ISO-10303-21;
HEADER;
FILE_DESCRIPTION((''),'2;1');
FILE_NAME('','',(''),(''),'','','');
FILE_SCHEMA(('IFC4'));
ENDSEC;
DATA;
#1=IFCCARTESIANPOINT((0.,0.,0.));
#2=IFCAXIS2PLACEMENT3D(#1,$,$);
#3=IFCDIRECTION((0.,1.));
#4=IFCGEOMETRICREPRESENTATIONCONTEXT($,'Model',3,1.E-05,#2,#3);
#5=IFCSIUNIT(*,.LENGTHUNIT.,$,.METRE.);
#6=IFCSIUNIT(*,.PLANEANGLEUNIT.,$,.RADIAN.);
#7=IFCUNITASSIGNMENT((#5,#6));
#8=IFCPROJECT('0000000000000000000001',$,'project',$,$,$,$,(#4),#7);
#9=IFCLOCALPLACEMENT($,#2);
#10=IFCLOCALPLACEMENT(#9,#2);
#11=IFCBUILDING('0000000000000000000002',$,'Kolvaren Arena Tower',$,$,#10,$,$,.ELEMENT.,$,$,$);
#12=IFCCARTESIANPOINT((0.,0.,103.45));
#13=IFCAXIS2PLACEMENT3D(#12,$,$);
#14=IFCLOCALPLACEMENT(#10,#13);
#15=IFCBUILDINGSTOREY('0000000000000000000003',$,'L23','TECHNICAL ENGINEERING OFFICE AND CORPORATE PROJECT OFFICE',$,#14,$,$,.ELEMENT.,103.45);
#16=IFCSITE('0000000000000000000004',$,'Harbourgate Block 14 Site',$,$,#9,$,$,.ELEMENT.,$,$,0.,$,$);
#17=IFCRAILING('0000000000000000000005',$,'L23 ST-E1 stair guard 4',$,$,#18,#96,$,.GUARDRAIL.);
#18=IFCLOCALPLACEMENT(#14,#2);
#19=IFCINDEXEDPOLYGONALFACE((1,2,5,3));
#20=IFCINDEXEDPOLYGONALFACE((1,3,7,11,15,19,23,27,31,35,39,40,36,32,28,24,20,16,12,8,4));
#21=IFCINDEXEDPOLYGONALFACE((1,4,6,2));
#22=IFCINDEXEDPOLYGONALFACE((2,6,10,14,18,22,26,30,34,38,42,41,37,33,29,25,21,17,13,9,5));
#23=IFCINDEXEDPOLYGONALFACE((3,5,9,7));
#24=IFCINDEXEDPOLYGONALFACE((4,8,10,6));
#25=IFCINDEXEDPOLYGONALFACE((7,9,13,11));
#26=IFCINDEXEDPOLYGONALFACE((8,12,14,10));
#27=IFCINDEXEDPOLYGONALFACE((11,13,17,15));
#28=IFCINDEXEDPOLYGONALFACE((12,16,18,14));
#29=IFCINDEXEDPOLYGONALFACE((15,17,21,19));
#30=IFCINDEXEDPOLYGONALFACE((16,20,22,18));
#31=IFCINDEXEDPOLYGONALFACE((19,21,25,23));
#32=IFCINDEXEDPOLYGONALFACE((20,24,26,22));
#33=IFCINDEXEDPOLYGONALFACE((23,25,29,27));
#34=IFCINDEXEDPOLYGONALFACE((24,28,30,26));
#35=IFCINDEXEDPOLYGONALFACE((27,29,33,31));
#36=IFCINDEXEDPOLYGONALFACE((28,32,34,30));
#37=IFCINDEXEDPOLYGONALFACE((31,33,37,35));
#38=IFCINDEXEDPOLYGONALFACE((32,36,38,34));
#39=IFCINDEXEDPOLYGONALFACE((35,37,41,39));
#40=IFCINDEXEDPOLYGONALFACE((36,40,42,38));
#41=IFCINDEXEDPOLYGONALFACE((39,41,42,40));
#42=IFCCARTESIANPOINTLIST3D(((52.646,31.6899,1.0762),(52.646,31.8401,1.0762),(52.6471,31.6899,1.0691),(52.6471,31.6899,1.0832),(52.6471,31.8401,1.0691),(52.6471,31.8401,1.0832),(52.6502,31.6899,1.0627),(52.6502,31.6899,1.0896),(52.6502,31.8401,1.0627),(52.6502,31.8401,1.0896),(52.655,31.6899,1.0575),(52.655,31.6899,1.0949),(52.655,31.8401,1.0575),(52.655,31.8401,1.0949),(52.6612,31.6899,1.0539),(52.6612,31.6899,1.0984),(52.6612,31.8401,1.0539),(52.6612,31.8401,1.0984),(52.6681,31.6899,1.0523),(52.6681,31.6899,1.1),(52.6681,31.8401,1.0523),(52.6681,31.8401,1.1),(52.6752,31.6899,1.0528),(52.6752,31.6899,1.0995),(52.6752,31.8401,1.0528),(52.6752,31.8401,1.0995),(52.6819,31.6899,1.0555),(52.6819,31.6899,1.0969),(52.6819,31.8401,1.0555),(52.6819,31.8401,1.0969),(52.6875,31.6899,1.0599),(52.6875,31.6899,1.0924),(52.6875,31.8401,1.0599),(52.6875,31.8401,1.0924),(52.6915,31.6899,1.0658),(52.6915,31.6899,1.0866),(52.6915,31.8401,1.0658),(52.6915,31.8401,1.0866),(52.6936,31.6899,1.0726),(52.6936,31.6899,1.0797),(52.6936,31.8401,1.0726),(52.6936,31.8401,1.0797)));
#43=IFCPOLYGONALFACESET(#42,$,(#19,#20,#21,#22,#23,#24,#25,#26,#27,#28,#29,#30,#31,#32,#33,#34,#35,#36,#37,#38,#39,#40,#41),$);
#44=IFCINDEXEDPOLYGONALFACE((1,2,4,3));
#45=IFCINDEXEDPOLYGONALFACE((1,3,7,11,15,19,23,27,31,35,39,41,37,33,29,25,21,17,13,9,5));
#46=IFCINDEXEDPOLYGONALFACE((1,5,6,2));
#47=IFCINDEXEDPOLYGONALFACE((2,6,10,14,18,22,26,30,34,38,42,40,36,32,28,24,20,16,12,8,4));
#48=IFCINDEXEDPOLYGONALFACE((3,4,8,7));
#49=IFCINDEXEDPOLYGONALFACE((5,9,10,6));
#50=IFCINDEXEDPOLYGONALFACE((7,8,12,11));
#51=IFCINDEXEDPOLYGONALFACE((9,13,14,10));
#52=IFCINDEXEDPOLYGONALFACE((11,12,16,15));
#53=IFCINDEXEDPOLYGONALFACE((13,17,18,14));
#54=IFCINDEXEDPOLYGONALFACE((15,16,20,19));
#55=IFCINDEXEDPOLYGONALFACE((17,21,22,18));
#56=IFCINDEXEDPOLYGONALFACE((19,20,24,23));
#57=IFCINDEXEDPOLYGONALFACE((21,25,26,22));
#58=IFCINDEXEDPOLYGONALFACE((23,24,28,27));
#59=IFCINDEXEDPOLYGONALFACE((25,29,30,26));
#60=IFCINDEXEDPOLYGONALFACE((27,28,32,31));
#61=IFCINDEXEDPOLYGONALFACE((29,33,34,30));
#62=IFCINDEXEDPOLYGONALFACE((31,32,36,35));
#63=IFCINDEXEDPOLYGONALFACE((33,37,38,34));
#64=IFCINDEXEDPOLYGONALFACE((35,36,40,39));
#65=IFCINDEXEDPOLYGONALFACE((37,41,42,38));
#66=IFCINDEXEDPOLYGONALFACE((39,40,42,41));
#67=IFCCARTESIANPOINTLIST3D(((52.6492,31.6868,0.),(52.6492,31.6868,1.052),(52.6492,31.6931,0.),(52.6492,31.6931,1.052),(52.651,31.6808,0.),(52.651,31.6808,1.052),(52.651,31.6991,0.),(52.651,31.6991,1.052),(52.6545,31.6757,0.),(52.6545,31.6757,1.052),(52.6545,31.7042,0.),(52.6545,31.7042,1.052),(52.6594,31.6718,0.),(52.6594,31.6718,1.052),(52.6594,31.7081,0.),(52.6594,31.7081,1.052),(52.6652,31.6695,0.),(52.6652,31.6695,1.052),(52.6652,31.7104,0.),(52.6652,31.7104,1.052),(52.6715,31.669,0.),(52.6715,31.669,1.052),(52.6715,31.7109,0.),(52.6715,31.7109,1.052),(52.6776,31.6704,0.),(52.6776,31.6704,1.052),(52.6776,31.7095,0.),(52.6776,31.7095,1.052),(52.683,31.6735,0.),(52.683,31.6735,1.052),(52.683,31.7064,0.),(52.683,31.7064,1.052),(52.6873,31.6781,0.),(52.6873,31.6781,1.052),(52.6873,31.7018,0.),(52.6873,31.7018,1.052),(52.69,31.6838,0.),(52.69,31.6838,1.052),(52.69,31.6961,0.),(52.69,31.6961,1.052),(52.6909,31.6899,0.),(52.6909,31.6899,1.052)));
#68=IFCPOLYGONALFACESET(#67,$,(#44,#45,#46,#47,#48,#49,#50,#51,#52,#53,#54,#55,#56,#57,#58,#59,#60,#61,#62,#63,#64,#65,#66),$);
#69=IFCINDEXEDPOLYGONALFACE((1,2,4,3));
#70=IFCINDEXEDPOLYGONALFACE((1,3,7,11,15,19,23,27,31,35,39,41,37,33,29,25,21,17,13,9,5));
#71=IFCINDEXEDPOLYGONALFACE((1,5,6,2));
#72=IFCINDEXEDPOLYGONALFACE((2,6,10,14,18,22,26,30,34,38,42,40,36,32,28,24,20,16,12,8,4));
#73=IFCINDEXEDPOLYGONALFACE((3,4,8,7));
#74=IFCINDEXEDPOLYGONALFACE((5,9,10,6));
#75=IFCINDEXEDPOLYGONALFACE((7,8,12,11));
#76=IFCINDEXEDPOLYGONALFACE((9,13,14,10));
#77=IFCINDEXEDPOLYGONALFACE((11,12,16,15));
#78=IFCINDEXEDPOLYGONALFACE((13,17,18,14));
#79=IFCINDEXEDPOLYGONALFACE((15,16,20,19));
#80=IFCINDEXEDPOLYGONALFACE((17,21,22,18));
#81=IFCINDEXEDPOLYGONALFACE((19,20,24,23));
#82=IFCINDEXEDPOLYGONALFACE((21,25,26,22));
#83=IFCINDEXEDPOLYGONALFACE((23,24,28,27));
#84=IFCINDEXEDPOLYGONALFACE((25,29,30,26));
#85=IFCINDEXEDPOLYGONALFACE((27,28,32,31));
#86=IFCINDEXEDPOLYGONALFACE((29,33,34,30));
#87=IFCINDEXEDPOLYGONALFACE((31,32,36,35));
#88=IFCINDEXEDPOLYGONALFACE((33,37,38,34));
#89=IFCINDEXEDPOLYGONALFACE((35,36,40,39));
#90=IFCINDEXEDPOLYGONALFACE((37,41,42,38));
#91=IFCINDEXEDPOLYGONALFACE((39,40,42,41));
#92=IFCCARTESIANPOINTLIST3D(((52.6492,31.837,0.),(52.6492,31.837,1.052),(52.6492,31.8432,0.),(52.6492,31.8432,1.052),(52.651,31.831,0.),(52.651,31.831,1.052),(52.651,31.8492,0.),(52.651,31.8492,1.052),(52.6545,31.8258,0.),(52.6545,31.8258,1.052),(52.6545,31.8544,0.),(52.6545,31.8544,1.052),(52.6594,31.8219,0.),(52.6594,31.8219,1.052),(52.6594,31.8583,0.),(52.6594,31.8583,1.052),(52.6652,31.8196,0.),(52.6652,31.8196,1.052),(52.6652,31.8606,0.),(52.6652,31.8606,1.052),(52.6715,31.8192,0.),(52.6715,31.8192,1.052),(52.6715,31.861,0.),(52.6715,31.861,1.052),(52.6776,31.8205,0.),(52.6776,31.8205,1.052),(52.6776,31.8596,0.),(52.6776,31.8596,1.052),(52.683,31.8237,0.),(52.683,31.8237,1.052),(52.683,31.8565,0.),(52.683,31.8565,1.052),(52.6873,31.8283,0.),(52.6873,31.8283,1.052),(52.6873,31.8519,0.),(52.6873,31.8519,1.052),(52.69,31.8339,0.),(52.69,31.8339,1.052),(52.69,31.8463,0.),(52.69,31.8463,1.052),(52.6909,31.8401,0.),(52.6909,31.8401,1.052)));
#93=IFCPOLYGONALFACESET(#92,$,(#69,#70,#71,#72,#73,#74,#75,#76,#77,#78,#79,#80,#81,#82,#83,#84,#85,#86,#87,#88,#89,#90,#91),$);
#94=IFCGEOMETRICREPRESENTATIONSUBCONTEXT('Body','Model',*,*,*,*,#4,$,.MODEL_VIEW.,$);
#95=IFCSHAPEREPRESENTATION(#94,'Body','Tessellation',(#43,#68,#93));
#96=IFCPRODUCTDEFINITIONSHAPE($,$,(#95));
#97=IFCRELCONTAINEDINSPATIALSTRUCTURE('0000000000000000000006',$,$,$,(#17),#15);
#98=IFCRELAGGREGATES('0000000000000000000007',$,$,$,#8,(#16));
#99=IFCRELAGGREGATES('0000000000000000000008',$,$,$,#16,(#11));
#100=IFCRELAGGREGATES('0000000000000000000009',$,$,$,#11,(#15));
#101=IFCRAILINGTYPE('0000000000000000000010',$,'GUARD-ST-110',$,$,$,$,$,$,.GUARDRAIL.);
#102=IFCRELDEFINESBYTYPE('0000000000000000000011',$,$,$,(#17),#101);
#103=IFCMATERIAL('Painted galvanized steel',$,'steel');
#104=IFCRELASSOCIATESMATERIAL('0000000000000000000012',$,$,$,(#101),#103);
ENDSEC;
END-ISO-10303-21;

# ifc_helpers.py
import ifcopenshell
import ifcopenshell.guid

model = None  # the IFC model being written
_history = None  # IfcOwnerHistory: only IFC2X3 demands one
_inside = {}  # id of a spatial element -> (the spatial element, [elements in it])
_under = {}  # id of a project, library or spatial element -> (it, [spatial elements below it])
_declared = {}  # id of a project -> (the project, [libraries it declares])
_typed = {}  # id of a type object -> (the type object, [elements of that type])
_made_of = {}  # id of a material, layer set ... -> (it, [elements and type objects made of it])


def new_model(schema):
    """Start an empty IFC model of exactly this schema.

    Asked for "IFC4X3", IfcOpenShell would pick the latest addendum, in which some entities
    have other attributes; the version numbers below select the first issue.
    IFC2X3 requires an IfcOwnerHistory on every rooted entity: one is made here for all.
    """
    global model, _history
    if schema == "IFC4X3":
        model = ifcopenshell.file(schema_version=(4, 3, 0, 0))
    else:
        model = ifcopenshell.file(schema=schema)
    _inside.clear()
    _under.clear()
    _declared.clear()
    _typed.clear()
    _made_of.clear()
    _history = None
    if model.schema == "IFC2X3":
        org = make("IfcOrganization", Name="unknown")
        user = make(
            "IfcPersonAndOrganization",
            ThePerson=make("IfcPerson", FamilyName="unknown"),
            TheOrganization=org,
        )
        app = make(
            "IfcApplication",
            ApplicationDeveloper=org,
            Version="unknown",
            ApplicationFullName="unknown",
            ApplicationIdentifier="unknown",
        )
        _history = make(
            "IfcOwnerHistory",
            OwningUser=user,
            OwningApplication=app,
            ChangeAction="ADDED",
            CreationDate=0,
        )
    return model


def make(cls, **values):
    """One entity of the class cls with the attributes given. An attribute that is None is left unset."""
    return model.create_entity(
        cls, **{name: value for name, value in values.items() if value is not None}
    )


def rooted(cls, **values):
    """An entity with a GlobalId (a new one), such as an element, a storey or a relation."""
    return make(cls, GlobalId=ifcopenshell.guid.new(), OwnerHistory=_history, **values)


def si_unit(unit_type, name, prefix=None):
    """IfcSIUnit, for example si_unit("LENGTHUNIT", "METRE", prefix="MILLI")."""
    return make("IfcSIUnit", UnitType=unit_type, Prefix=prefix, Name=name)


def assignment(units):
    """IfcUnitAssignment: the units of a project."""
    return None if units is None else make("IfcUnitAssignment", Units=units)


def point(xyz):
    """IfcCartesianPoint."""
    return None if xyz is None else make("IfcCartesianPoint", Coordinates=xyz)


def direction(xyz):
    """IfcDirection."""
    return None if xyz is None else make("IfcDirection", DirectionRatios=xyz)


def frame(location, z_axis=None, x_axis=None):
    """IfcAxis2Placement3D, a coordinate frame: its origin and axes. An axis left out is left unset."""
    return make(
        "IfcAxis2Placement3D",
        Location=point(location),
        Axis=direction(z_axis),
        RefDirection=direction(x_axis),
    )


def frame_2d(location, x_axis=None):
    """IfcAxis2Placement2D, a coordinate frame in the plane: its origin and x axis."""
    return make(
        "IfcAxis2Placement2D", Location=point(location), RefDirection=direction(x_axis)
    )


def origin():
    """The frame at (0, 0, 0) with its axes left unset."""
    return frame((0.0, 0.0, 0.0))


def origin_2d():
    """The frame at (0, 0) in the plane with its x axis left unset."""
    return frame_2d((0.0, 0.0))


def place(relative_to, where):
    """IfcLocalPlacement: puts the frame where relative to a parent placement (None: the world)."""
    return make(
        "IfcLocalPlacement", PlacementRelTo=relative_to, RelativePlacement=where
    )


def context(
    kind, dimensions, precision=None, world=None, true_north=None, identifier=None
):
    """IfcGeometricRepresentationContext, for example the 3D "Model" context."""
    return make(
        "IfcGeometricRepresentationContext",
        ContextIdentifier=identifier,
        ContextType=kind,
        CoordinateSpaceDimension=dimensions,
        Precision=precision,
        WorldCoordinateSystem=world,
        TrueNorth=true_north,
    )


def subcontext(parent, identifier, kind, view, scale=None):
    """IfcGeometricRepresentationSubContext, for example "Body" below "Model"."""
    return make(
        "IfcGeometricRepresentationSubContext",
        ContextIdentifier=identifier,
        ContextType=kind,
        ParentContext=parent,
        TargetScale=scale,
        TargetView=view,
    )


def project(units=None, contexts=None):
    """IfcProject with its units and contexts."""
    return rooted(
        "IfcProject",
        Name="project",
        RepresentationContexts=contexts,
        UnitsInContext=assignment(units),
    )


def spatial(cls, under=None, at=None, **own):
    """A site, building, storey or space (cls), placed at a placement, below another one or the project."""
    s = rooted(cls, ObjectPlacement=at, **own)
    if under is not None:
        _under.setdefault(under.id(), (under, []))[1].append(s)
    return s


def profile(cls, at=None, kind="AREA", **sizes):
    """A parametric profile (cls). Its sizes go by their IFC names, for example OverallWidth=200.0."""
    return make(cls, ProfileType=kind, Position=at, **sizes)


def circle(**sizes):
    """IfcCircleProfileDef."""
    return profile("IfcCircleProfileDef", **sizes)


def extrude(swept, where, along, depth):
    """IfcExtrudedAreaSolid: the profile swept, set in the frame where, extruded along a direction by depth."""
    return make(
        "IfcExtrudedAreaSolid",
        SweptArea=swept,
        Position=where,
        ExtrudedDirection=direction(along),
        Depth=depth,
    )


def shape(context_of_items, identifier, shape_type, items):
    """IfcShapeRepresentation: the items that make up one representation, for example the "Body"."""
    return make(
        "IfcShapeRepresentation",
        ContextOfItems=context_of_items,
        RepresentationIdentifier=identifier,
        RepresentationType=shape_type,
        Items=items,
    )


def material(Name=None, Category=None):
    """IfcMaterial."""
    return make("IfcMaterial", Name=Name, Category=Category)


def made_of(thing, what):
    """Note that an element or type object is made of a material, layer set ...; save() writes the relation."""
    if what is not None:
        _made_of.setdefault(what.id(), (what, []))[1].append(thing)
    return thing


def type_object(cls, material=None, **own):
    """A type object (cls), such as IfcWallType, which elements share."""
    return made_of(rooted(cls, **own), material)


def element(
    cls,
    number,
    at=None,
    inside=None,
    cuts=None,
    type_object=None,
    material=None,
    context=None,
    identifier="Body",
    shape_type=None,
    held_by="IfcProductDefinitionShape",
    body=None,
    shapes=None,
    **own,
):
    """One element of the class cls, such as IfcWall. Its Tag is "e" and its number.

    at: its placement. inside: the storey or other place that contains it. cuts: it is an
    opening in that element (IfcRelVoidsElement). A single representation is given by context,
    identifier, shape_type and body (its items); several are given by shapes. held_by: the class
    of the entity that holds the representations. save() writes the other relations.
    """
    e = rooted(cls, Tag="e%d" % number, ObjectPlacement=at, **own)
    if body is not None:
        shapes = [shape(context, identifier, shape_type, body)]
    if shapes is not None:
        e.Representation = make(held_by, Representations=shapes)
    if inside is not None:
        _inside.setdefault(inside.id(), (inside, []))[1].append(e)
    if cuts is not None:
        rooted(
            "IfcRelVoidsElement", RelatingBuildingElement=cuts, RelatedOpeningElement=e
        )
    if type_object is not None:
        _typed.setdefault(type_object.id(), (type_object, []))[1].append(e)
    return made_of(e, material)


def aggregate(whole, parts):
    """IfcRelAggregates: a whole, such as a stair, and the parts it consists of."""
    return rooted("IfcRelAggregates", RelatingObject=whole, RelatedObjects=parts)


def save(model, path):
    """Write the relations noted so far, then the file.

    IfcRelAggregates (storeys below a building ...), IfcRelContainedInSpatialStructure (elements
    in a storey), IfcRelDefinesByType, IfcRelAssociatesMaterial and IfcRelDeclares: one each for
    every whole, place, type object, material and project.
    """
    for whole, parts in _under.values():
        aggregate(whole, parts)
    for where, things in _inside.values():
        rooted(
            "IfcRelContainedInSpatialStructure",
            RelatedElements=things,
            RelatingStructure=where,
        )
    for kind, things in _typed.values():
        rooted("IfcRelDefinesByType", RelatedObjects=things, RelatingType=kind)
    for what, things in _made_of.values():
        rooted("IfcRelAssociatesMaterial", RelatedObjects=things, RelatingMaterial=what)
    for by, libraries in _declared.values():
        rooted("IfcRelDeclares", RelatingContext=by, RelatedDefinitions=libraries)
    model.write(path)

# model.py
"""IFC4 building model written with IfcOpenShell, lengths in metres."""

from ifc_helpers import new_model, si_unit, direction, frame, origin, origin_2d, place, context, subcontext, project, spatial, circle, extrude, material, type_object, element, save


model = new_model("IFC4")

# Units and contexts
model_context = context("Model", 3, precision=1e-05, world=origin(), true_north=direction((0.0, 1.0)))
body_context = subcontext(model_context, "Body", "Model", "MODEL_VIEW")
ifc_project = project(units=[si_unit("LENGTHUNIT", "METRE"), si_unit("PLANEANGLEUNIT", "RADIAN")], contexts=[model_context])

# Site, building, storey
site_placement = place(None, origin())
site = spatial("IfcSite", under=ifc_project, at=site_placement, Name="Harbourgate Block 14 Site", CompositionType="ELEMENT", RefElevation=0.0)
building_placement = place(site_placement, origin())
building = spatial("IfcBuilding", under=site, at=building_placement, Name="Kolvaren Arena Tower", CompositionType="ELEMENT")
storey_placement = place(building_placement, frame((0.0, 0.0, 103.45)))
storey = spatial("IfcBuildingStorey", under=building, at=storey_placement, Name="L23", Description="TECHNICAL ENGINEERING OFFICE AND CORPORATE PROJECT OFFICE", CompositionType="ELEMENT", Elevation=103.45)

# Railing
ifc_material_1 = material(Name="Painted galvanized steel", Category="steel")
railing_type_1 = type_object("IfcRailingType", Name="GUARD-ST-110", PredefinedType="GUARDRAIL", material=ifc_material_1)
railing_1_placement = place(storey_placement, frame((52.6699, 31.6899, 0.0)))
element("IfcRailing", 1, at=railing_1_placement, inside=storey, type_object=railing_type_1, Name="L23 ST-E1 stair guard 4", PredefinedType="GUARDRAIL", context=body_context, shape_type="SweptSolid", body=[
    extrude(circle(Radius=0.0239, at=origin_2d()), frame((0.0, 0.0, 1.0762), z_axis=(0.0, 1.0, 0.0), x_axis=(-1.0, 0.0, 0.0)), (0.0, 0.0, 1.0), 0.1501),
    extrude(circle(Radius=0.021, at=origin_2d()), origin(), (0.0, 0.0, 1.0), 1.052),
    extrude(circle(Radius=0.021, at=origin_2d()), frame((0.0, 0.1501, 0.0)), (0.0, 0.0, 1.0), 1.052),
])

save(model, "model.ifc")
